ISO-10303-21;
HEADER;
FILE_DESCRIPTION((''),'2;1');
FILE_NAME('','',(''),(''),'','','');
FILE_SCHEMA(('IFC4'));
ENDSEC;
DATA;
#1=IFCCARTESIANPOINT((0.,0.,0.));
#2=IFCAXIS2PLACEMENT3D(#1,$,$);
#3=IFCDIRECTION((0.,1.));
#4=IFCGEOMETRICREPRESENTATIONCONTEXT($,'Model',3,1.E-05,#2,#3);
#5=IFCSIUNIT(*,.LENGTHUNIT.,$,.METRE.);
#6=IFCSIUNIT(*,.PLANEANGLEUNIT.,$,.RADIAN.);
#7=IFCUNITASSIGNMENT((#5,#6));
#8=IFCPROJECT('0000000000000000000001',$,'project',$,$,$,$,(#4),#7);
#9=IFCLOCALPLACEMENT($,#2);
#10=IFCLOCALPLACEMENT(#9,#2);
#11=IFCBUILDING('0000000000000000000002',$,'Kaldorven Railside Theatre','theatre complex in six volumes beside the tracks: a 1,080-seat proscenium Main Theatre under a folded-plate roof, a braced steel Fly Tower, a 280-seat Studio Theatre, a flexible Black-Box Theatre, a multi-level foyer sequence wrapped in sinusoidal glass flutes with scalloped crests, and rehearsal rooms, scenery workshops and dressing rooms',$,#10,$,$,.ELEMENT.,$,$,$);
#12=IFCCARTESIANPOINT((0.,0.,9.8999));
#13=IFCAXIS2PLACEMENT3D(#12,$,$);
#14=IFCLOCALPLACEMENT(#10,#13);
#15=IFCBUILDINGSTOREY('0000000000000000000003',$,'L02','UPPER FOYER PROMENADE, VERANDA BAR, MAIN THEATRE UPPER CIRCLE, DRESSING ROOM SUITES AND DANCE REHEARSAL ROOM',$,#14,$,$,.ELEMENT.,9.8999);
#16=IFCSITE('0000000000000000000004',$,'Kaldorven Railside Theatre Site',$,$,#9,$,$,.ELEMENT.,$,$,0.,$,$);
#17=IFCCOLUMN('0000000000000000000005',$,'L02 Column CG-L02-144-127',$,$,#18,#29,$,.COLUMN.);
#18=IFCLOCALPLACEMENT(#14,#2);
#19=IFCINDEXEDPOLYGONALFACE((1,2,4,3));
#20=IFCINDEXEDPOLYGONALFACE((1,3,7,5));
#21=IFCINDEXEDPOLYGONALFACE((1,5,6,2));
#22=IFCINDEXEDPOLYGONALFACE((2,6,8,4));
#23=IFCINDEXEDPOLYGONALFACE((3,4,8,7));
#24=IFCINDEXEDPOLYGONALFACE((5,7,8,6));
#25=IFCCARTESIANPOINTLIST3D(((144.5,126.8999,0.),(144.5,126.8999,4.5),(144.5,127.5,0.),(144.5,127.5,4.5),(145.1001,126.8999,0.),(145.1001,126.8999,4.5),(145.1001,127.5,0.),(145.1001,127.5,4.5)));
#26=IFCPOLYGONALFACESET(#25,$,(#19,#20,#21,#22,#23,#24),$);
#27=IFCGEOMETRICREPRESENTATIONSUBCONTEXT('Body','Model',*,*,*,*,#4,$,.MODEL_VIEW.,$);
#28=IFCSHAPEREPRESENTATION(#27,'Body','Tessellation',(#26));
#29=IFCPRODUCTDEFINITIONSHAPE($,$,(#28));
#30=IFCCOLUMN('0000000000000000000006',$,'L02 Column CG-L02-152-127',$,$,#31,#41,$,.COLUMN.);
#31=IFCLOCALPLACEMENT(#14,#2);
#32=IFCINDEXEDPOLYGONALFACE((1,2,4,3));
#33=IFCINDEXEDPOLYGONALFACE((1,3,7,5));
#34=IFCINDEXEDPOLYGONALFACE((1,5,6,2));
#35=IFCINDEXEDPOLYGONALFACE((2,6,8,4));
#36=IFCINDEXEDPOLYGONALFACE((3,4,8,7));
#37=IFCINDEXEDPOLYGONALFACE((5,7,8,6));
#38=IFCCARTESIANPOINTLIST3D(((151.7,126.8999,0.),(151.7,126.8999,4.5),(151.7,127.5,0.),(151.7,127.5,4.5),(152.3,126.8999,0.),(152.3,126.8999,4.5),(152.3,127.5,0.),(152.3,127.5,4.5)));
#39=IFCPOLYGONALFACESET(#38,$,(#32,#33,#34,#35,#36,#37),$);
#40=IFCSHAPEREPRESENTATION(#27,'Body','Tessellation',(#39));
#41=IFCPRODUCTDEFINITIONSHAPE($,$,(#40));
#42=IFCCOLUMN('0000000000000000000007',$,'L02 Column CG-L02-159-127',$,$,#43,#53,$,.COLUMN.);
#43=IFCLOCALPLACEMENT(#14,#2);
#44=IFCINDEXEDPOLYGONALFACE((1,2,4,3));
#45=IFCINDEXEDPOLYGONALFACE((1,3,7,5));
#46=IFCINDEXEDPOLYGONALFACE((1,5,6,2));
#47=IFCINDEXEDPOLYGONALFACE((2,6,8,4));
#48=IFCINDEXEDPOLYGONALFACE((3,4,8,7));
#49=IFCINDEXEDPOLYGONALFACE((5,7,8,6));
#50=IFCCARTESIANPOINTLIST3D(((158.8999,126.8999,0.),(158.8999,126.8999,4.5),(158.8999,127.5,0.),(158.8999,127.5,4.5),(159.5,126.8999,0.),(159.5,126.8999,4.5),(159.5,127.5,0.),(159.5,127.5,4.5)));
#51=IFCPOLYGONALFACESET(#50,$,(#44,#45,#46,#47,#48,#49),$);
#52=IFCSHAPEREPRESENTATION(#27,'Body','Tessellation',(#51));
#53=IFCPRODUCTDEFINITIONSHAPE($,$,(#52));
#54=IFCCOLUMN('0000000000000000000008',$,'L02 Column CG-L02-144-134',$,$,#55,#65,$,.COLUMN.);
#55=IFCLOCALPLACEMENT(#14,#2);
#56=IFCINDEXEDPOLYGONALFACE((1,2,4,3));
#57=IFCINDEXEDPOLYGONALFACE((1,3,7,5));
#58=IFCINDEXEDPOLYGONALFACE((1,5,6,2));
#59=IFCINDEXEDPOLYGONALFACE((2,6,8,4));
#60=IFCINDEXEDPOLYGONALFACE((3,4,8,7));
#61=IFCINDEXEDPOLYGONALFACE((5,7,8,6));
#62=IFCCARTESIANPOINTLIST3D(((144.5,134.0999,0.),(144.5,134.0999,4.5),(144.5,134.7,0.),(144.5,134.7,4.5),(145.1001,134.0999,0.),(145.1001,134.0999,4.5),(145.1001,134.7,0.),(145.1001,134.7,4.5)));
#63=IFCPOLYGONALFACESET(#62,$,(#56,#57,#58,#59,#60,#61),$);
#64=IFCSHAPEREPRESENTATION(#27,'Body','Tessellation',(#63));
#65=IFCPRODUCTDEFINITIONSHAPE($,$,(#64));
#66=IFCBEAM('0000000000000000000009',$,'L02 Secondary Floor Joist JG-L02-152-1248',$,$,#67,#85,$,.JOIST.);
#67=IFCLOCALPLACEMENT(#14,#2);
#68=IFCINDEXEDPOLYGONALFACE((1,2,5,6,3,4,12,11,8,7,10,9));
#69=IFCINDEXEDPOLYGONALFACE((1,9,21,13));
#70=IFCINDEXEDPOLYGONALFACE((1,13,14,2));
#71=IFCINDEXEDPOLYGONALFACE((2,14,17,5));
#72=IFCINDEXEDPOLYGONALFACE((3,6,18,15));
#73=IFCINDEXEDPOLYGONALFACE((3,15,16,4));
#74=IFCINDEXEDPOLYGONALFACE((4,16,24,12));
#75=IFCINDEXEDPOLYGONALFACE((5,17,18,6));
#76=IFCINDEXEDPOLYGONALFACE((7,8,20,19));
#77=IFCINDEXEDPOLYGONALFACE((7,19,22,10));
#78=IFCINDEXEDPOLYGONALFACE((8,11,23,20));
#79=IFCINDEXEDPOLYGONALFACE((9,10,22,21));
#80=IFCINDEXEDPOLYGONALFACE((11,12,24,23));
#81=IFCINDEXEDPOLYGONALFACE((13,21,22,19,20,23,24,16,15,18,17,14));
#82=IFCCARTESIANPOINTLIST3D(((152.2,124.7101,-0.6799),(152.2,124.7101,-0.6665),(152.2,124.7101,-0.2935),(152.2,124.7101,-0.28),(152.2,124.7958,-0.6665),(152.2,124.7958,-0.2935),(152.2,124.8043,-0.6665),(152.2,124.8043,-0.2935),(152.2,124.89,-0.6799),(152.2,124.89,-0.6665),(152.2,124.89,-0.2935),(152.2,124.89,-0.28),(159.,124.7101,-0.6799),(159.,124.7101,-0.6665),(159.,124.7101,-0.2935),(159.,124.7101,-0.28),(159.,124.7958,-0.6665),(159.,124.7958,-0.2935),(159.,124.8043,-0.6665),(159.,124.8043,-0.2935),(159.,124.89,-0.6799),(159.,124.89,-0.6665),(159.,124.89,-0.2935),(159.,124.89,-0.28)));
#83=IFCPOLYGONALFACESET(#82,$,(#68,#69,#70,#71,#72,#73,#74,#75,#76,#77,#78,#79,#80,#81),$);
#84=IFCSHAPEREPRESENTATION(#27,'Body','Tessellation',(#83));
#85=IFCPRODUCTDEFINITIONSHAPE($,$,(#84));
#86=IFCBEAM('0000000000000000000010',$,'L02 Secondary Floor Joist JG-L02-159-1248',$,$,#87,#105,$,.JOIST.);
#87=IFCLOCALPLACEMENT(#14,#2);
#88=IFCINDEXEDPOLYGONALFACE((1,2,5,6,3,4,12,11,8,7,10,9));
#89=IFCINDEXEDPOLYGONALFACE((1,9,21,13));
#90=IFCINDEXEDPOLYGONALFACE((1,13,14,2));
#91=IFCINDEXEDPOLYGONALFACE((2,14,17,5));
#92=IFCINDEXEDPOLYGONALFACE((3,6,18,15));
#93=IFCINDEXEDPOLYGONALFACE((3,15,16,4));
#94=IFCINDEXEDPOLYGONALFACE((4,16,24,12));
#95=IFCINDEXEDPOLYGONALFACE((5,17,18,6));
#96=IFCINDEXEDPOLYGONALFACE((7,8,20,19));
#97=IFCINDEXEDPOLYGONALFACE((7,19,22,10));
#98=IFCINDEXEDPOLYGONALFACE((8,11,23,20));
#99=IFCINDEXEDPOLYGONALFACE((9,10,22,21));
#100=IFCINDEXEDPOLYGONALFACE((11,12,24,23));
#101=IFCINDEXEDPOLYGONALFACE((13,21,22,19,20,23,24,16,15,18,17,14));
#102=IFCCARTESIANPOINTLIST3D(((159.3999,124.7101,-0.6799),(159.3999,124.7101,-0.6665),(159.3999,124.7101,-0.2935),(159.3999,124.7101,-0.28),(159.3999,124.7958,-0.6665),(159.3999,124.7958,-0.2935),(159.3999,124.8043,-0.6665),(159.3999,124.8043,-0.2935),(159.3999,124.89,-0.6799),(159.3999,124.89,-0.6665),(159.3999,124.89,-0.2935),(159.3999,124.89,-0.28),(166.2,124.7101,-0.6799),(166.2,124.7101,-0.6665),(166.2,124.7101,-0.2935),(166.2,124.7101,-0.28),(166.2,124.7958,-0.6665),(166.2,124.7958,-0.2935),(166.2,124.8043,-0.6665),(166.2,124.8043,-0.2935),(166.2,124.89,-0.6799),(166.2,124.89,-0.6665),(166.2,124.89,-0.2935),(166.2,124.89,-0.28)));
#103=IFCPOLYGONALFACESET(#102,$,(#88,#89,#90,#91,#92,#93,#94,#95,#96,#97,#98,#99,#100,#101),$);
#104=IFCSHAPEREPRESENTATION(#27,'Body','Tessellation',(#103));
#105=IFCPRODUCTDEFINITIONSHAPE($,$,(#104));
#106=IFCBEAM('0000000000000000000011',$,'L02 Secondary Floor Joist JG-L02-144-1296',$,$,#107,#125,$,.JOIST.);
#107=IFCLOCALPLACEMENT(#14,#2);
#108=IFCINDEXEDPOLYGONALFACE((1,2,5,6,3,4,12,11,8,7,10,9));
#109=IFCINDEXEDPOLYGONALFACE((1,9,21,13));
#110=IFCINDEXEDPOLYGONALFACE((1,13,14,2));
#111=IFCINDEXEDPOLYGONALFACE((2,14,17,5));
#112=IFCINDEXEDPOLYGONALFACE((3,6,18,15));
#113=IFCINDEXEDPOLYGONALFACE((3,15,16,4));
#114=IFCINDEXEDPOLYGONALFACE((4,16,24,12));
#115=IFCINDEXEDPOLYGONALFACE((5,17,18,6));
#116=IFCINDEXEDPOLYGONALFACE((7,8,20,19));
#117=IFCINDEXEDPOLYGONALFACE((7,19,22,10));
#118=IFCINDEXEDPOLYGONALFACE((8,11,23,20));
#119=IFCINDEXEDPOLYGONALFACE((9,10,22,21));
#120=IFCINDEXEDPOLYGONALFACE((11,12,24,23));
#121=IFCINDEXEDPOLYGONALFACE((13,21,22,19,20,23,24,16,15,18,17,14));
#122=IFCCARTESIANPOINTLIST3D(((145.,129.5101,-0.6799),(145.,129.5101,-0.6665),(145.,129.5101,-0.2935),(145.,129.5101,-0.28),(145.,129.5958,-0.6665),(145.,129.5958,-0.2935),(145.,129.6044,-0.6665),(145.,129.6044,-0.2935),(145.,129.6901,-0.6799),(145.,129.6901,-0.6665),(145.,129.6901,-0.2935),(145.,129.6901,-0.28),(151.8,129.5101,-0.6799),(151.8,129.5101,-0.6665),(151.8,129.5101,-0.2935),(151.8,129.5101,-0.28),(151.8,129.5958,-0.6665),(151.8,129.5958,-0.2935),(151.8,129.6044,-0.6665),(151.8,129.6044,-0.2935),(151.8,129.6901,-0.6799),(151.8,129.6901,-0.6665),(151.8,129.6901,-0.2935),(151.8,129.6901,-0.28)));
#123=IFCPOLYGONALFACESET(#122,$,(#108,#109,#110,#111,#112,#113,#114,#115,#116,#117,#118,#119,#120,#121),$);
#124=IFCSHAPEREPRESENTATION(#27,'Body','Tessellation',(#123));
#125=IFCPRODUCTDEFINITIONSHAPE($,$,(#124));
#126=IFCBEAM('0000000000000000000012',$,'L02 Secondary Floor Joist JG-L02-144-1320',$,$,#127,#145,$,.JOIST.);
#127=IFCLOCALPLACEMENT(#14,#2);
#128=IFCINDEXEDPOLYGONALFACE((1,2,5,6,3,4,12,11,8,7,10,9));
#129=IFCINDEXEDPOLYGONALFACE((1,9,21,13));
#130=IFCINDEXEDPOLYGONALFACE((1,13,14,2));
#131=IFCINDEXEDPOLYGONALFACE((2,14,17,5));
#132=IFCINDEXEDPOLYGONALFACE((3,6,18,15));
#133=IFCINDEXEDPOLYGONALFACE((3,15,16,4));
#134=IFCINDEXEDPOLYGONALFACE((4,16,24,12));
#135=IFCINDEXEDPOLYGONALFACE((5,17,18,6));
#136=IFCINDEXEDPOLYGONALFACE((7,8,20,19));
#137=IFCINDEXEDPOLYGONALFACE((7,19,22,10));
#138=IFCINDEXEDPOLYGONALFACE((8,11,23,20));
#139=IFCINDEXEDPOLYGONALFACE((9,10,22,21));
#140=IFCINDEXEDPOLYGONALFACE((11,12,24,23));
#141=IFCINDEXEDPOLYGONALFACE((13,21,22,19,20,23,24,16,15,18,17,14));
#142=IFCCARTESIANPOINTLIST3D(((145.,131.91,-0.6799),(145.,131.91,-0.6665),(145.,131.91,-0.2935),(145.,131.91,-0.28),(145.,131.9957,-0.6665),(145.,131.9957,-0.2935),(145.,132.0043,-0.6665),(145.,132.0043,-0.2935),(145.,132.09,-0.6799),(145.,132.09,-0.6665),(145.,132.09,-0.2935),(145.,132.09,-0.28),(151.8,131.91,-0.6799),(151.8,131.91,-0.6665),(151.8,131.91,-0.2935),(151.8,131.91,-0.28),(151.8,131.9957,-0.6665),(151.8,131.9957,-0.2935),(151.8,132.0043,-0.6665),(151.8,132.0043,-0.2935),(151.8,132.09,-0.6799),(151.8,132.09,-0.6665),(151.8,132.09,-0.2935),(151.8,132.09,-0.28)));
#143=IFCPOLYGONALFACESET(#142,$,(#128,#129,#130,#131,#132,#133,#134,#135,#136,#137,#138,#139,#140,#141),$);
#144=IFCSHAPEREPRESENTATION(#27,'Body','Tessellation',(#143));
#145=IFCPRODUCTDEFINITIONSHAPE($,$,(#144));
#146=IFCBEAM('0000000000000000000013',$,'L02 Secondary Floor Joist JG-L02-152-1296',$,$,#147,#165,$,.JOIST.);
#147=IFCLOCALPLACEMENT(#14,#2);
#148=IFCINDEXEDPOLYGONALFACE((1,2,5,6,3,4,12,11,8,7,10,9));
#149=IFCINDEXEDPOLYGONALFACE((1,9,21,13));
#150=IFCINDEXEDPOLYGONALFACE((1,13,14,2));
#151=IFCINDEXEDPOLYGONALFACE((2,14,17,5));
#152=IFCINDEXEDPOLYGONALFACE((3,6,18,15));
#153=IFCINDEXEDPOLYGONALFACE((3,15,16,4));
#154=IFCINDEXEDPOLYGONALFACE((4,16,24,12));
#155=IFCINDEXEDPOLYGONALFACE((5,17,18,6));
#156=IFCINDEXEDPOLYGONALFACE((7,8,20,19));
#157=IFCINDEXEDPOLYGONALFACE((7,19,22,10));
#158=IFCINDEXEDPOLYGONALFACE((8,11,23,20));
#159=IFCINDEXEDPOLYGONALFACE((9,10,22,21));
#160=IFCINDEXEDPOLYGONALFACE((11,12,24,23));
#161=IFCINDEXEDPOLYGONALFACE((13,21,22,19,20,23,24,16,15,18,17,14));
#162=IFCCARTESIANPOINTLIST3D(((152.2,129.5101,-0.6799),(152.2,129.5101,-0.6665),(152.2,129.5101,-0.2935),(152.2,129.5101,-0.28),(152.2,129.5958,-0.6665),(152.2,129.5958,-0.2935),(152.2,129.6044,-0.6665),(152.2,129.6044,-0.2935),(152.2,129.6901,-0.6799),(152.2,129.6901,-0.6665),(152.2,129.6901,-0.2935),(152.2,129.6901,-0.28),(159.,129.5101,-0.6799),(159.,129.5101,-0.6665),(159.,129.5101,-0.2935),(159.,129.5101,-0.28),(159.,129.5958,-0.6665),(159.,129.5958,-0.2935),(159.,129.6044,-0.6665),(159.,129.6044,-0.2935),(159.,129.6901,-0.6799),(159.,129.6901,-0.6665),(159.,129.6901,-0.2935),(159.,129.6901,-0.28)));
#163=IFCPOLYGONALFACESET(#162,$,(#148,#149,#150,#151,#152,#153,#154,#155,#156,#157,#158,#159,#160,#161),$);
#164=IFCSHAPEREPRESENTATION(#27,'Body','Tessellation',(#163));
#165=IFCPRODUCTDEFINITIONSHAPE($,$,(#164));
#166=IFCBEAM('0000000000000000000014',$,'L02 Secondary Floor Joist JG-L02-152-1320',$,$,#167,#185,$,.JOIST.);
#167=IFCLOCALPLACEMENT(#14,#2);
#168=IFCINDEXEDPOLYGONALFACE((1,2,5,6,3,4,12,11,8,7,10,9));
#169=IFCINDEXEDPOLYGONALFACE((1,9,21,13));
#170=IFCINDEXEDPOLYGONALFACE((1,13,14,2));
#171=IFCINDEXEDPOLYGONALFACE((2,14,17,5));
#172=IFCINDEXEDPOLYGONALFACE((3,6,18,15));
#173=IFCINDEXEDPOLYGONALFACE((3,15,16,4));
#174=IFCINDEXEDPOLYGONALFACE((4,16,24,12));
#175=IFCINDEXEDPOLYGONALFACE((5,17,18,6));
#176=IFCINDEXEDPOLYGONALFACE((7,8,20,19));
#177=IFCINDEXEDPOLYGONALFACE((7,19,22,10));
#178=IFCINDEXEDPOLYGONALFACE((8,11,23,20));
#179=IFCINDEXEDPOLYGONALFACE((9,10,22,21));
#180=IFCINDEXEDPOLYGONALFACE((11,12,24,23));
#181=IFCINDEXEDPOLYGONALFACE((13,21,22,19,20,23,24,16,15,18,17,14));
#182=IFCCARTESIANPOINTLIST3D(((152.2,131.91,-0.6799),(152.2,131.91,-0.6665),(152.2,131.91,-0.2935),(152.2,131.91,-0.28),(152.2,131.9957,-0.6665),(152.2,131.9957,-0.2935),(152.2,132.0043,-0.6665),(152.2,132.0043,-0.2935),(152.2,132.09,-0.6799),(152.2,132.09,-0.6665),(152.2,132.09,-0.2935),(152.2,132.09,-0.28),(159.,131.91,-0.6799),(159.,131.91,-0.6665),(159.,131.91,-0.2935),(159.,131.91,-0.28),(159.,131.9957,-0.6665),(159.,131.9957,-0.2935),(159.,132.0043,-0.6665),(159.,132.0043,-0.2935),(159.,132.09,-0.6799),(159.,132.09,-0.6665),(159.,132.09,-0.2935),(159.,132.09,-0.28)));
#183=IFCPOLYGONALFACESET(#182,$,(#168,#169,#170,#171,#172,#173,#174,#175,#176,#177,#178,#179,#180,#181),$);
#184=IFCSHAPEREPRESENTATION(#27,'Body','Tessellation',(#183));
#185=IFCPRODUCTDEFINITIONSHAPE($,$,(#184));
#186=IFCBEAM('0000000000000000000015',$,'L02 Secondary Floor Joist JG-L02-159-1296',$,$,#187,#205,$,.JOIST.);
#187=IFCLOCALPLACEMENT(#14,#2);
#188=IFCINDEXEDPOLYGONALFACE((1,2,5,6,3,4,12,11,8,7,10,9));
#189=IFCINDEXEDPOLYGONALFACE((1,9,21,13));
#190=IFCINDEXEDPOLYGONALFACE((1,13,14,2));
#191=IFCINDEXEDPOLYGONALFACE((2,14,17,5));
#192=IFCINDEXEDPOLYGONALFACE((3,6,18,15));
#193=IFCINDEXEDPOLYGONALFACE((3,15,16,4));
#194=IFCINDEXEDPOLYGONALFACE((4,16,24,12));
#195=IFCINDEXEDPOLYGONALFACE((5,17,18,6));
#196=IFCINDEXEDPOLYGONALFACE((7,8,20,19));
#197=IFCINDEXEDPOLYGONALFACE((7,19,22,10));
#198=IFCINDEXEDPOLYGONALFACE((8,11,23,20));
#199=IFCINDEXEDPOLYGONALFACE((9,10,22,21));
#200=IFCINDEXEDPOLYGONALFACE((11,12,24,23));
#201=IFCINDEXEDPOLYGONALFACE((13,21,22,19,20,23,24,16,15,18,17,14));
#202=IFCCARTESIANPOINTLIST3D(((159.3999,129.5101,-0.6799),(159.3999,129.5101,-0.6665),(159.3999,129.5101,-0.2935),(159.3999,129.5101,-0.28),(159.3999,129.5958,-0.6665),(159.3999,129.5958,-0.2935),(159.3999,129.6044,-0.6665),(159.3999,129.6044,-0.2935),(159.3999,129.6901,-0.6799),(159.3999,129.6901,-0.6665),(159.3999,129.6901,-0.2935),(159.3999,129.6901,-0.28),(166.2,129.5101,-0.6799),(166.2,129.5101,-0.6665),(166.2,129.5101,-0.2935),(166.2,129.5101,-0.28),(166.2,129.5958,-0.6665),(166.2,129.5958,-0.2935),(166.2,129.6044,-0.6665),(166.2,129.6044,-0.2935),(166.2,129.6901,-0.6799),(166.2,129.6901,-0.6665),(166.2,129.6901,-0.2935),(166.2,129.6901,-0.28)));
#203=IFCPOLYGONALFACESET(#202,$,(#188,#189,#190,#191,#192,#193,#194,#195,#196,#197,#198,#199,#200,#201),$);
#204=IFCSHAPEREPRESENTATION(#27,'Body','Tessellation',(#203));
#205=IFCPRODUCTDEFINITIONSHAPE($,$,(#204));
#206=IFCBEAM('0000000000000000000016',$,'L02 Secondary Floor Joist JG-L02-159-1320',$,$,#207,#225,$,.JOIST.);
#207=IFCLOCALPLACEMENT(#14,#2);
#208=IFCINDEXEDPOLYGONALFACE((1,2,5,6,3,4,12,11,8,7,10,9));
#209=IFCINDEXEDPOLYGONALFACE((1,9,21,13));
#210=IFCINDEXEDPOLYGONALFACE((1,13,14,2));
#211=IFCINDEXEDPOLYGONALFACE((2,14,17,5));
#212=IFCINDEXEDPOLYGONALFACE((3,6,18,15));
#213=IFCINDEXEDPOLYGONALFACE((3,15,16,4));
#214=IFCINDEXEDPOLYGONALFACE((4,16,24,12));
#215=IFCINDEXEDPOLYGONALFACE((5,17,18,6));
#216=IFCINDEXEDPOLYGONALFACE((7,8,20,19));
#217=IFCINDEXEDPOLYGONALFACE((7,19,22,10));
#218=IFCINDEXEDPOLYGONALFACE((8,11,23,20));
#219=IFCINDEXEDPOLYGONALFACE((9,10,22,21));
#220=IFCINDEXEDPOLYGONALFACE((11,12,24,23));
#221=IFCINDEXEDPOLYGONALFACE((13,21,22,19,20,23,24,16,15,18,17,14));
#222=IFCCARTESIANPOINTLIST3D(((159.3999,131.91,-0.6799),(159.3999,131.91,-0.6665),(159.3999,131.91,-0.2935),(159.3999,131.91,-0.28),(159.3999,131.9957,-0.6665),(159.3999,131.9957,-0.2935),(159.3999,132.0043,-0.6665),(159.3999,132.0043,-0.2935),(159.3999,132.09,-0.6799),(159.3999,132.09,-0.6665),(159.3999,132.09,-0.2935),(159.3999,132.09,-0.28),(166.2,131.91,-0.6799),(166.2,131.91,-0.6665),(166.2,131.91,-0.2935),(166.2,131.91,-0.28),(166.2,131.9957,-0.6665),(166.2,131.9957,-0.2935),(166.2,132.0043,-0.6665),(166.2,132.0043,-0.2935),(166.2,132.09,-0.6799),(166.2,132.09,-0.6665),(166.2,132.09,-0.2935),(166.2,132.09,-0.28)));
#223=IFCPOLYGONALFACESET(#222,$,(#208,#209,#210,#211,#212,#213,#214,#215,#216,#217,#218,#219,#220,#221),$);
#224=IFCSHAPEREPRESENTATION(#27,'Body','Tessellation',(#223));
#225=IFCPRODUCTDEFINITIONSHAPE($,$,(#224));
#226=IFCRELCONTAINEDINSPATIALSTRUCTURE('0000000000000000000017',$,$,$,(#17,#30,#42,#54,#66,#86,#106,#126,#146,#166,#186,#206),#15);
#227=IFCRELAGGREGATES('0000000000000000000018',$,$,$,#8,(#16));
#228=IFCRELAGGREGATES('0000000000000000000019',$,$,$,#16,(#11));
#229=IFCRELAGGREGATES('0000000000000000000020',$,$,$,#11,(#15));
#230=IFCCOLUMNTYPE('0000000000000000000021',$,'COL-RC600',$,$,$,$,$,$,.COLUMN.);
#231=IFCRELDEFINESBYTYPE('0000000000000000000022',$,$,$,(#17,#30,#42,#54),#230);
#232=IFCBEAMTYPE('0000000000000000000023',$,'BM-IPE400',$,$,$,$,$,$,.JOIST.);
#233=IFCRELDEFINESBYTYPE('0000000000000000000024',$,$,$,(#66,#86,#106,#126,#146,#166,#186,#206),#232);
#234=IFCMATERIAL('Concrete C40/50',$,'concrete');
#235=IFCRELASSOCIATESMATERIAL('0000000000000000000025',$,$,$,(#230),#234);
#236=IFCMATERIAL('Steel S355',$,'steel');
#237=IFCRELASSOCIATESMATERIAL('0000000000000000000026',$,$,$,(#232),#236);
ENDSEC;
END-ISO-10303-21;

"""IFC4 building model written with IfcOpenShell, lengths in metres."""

from ifc_helpers import new_model, si_unit, direction, frame, origin, origin_2d, place, context, subcontext, project, spatial, rectangle, i_section, extrude, material, material_profile, profile_set, type_object, element, save


model = new_model("IFC4")

# Units and contexts
model_context = context("Model", 3, precision=1e-05, world=origin(), true_north=direction((0.0, 1.0)))
body_context = subcontext(model_context, "Body", "Model", "MODEL_VIEW")
ifc_project = project(units=[si_unit("LENGTHUNIT", "METRE"), si_unit("PLANEANGLEUNIT", "RADIAN")], contexts=[model_context])

# Site, building, storey
site_placement = place(None, origin())
site = spatial("IfcSite", under=ifc_project, at=site_placement, Name="Kaldorven Railside Theatre Site", CompositionType="ELEMENT", RefElevation=0.0)
building_placement = place(site_placement, origin())
building = spatial("IfcBuilding", under=site, at=building_placement, Name="Kaldorven Railside Theatre", Description="theatre complex in six volumes beside the tracks: a 1,080-seat proscenium Main Theatre under a folded-plate roof, a braced steel Fly Tower, a 280-seat Studio Theatre, a flexible Black-Box Theatre, a multi-level foyer sequence wrapped in sinusoidal glass flutes with scalloped crests, and rehearsal rooms, scenery workshops and dressing rooms", CompositionType="ELEMENT")
storey_placement = place(building_placement, frame((0.0, 0.0, 9.8999)))
storey = spatial("IfcBuildingStorey", under=building, at=storey_placement, Name="L02", Description="UPPER FOYER PROMENADE, VERANDA BAR, MAIN THEATRE UPPER CIRCLE, DRESSING ROOM SUITES AND DANCE REHEARSAL ROOM", CompositionType="ELEMENT", Elevation=9.8999)

# Columns
ifc_material_1 = material(Name="Concrete C40/50", Category="concrete")
ifc_material_profile_1 = material_profile(ifc_material_1, rectangle(XDim=0.6001, YDim=0.6001, at=origin_2d()), Name="RC 600x600")
ifc_profile_set_1 = profile_set([ifc_material_profile_1], Name="Concrete C40/50")
column_type = type_object("IfcColumnType", Name="COL-RC600", PredefinedType="COLUMN", material=ifc_profile_set_1)
for number, where, z_axis, x_axis, name in (
    (1, (144.8, 127.2, 0.0), (0.0, 0.0, 1.0), (1.0, 0.0, 0.0), "L02 Column CG-L02-144-127"),
    (2, (152.0, 127.2, 0.0), (0.0, 0.0, 1.0), (0.0, 1.0, 0.0), "L02 Column CG-L02-152-127"),
    (3, (159.2, 127.2, 0.0), (0.0, 0.0, 1.0), (1.0, 0.0, 0.0), "L02 Column CG-L02-159-127"),
    (4, (144.8, 134.3999, 0.0), (0.0, 0.0, 1.0), (0.0, 1.0, 0.0), "L02 Column CG-L02-144-134"),
):
    element("IfcColumn", number, at=place(storey_placement, frame(where, z_axis=z_axis, x_axis=x_axis)), inside=storey, type_object=column_type, Name=name, PredefinedType="COLUMN", context=body_context, shape_type="SweptSolid", body=[
        extrude(rectangle(XDim=0.6001, YDim=0.6001, at=origin_2d()), origin(), (0.0, 0.0, 1.0), 4.5),
    ])

# Beams
ifc_material_2 = material(Name="Steel S355", Category="steel")
ifc_material_profile_2 = material_profile(ifc_material_2, i_section(OverallWidth=0.1799, OverallDepth=0.3999, WebThickness=0.0085, FlangeThickness=0.0134, at=origin_2d()), Name="IPE 400")
ifc_profile_set_2 = profile_set([ifc_material_profile_2], Name="Steel S355")
beam_type_1 = type_object("IfcBeamType", Name="BM-IPE400", PredefinedType="JOIST", material=ifc_profile_set_2)
for number, where, z_axis, x_axis, name in (
    (5, (152.2, 124.8, -0.48), (1.0, 0.0, 0.0), (0.0, 1.0, 0.0), "L02 Secondary Floor Joist JG-L02-152-1248"),
    (6, (159.3999, 124.8, -0.48), (1.0, 0.0, 0.0), (0.0, 1.0, 0.0), "L02 Secondary Floor Joist JG-L02-159-1248"),
    (7, (145.0, 129.6001, -0.48), (1.0, 0.0, 0.0), (0.0, 1.0, 0.0), "L02 Secondary Floor Joist JG-L02-144-1296"),
    (8, (145.0, 132.0, -0.48), (1.0, 0.0, 0.0), (0.0, 1.0, 0.0), "L02 Secondary Floor Joist JG-L02-144-1320"),
    (9, (152.2, 129.6001, -0.48), (1.0, 0.0, 0.0), (0.0, 1.0, 0.0), "L02 Secondary Floor Joist JG-L02-152-1296"),
    (10, (152.2, 132.0, -0.48), (1.0, 0.0, 0.0), (0.0, 1.0, 0.0), "L02 Secondary Floor Joist JG-L02-152-1320"),
    (11, (159.3999, 129.6001, -0.48), (1.0, 0.0, 0.0), (0.0, 1.0, 0.0), "L02 Secondary Floor Joist JG-L02-159-1296"),
    (12, (159.3999, 132.0, -0.48), (1.0, 0.0, 0.0), (0.0, 1.0, 0.0), "L02 Secondary Floor Joist JG-L02-159-1320"),
):
    element("IfcBeam", number, at=place(storey_placement, frame(where, z_axis=z_axis, x_axis=x_axis)), inside=storey, type_object=beam_type_1, Name=name, PredefinedType="JOIST", context=body_context, shape_type="SweptSolid", body=[
        extrude(i_section(OverallWidth=0.1799, OverallDepth=0.3999, WebThickness=0.0085, FlangeThickness=0.0134, at=origin_2d()), origin(), (0.0, 0.0, 1.0), 6.8),
    ])

save(model, "model.ifc")
